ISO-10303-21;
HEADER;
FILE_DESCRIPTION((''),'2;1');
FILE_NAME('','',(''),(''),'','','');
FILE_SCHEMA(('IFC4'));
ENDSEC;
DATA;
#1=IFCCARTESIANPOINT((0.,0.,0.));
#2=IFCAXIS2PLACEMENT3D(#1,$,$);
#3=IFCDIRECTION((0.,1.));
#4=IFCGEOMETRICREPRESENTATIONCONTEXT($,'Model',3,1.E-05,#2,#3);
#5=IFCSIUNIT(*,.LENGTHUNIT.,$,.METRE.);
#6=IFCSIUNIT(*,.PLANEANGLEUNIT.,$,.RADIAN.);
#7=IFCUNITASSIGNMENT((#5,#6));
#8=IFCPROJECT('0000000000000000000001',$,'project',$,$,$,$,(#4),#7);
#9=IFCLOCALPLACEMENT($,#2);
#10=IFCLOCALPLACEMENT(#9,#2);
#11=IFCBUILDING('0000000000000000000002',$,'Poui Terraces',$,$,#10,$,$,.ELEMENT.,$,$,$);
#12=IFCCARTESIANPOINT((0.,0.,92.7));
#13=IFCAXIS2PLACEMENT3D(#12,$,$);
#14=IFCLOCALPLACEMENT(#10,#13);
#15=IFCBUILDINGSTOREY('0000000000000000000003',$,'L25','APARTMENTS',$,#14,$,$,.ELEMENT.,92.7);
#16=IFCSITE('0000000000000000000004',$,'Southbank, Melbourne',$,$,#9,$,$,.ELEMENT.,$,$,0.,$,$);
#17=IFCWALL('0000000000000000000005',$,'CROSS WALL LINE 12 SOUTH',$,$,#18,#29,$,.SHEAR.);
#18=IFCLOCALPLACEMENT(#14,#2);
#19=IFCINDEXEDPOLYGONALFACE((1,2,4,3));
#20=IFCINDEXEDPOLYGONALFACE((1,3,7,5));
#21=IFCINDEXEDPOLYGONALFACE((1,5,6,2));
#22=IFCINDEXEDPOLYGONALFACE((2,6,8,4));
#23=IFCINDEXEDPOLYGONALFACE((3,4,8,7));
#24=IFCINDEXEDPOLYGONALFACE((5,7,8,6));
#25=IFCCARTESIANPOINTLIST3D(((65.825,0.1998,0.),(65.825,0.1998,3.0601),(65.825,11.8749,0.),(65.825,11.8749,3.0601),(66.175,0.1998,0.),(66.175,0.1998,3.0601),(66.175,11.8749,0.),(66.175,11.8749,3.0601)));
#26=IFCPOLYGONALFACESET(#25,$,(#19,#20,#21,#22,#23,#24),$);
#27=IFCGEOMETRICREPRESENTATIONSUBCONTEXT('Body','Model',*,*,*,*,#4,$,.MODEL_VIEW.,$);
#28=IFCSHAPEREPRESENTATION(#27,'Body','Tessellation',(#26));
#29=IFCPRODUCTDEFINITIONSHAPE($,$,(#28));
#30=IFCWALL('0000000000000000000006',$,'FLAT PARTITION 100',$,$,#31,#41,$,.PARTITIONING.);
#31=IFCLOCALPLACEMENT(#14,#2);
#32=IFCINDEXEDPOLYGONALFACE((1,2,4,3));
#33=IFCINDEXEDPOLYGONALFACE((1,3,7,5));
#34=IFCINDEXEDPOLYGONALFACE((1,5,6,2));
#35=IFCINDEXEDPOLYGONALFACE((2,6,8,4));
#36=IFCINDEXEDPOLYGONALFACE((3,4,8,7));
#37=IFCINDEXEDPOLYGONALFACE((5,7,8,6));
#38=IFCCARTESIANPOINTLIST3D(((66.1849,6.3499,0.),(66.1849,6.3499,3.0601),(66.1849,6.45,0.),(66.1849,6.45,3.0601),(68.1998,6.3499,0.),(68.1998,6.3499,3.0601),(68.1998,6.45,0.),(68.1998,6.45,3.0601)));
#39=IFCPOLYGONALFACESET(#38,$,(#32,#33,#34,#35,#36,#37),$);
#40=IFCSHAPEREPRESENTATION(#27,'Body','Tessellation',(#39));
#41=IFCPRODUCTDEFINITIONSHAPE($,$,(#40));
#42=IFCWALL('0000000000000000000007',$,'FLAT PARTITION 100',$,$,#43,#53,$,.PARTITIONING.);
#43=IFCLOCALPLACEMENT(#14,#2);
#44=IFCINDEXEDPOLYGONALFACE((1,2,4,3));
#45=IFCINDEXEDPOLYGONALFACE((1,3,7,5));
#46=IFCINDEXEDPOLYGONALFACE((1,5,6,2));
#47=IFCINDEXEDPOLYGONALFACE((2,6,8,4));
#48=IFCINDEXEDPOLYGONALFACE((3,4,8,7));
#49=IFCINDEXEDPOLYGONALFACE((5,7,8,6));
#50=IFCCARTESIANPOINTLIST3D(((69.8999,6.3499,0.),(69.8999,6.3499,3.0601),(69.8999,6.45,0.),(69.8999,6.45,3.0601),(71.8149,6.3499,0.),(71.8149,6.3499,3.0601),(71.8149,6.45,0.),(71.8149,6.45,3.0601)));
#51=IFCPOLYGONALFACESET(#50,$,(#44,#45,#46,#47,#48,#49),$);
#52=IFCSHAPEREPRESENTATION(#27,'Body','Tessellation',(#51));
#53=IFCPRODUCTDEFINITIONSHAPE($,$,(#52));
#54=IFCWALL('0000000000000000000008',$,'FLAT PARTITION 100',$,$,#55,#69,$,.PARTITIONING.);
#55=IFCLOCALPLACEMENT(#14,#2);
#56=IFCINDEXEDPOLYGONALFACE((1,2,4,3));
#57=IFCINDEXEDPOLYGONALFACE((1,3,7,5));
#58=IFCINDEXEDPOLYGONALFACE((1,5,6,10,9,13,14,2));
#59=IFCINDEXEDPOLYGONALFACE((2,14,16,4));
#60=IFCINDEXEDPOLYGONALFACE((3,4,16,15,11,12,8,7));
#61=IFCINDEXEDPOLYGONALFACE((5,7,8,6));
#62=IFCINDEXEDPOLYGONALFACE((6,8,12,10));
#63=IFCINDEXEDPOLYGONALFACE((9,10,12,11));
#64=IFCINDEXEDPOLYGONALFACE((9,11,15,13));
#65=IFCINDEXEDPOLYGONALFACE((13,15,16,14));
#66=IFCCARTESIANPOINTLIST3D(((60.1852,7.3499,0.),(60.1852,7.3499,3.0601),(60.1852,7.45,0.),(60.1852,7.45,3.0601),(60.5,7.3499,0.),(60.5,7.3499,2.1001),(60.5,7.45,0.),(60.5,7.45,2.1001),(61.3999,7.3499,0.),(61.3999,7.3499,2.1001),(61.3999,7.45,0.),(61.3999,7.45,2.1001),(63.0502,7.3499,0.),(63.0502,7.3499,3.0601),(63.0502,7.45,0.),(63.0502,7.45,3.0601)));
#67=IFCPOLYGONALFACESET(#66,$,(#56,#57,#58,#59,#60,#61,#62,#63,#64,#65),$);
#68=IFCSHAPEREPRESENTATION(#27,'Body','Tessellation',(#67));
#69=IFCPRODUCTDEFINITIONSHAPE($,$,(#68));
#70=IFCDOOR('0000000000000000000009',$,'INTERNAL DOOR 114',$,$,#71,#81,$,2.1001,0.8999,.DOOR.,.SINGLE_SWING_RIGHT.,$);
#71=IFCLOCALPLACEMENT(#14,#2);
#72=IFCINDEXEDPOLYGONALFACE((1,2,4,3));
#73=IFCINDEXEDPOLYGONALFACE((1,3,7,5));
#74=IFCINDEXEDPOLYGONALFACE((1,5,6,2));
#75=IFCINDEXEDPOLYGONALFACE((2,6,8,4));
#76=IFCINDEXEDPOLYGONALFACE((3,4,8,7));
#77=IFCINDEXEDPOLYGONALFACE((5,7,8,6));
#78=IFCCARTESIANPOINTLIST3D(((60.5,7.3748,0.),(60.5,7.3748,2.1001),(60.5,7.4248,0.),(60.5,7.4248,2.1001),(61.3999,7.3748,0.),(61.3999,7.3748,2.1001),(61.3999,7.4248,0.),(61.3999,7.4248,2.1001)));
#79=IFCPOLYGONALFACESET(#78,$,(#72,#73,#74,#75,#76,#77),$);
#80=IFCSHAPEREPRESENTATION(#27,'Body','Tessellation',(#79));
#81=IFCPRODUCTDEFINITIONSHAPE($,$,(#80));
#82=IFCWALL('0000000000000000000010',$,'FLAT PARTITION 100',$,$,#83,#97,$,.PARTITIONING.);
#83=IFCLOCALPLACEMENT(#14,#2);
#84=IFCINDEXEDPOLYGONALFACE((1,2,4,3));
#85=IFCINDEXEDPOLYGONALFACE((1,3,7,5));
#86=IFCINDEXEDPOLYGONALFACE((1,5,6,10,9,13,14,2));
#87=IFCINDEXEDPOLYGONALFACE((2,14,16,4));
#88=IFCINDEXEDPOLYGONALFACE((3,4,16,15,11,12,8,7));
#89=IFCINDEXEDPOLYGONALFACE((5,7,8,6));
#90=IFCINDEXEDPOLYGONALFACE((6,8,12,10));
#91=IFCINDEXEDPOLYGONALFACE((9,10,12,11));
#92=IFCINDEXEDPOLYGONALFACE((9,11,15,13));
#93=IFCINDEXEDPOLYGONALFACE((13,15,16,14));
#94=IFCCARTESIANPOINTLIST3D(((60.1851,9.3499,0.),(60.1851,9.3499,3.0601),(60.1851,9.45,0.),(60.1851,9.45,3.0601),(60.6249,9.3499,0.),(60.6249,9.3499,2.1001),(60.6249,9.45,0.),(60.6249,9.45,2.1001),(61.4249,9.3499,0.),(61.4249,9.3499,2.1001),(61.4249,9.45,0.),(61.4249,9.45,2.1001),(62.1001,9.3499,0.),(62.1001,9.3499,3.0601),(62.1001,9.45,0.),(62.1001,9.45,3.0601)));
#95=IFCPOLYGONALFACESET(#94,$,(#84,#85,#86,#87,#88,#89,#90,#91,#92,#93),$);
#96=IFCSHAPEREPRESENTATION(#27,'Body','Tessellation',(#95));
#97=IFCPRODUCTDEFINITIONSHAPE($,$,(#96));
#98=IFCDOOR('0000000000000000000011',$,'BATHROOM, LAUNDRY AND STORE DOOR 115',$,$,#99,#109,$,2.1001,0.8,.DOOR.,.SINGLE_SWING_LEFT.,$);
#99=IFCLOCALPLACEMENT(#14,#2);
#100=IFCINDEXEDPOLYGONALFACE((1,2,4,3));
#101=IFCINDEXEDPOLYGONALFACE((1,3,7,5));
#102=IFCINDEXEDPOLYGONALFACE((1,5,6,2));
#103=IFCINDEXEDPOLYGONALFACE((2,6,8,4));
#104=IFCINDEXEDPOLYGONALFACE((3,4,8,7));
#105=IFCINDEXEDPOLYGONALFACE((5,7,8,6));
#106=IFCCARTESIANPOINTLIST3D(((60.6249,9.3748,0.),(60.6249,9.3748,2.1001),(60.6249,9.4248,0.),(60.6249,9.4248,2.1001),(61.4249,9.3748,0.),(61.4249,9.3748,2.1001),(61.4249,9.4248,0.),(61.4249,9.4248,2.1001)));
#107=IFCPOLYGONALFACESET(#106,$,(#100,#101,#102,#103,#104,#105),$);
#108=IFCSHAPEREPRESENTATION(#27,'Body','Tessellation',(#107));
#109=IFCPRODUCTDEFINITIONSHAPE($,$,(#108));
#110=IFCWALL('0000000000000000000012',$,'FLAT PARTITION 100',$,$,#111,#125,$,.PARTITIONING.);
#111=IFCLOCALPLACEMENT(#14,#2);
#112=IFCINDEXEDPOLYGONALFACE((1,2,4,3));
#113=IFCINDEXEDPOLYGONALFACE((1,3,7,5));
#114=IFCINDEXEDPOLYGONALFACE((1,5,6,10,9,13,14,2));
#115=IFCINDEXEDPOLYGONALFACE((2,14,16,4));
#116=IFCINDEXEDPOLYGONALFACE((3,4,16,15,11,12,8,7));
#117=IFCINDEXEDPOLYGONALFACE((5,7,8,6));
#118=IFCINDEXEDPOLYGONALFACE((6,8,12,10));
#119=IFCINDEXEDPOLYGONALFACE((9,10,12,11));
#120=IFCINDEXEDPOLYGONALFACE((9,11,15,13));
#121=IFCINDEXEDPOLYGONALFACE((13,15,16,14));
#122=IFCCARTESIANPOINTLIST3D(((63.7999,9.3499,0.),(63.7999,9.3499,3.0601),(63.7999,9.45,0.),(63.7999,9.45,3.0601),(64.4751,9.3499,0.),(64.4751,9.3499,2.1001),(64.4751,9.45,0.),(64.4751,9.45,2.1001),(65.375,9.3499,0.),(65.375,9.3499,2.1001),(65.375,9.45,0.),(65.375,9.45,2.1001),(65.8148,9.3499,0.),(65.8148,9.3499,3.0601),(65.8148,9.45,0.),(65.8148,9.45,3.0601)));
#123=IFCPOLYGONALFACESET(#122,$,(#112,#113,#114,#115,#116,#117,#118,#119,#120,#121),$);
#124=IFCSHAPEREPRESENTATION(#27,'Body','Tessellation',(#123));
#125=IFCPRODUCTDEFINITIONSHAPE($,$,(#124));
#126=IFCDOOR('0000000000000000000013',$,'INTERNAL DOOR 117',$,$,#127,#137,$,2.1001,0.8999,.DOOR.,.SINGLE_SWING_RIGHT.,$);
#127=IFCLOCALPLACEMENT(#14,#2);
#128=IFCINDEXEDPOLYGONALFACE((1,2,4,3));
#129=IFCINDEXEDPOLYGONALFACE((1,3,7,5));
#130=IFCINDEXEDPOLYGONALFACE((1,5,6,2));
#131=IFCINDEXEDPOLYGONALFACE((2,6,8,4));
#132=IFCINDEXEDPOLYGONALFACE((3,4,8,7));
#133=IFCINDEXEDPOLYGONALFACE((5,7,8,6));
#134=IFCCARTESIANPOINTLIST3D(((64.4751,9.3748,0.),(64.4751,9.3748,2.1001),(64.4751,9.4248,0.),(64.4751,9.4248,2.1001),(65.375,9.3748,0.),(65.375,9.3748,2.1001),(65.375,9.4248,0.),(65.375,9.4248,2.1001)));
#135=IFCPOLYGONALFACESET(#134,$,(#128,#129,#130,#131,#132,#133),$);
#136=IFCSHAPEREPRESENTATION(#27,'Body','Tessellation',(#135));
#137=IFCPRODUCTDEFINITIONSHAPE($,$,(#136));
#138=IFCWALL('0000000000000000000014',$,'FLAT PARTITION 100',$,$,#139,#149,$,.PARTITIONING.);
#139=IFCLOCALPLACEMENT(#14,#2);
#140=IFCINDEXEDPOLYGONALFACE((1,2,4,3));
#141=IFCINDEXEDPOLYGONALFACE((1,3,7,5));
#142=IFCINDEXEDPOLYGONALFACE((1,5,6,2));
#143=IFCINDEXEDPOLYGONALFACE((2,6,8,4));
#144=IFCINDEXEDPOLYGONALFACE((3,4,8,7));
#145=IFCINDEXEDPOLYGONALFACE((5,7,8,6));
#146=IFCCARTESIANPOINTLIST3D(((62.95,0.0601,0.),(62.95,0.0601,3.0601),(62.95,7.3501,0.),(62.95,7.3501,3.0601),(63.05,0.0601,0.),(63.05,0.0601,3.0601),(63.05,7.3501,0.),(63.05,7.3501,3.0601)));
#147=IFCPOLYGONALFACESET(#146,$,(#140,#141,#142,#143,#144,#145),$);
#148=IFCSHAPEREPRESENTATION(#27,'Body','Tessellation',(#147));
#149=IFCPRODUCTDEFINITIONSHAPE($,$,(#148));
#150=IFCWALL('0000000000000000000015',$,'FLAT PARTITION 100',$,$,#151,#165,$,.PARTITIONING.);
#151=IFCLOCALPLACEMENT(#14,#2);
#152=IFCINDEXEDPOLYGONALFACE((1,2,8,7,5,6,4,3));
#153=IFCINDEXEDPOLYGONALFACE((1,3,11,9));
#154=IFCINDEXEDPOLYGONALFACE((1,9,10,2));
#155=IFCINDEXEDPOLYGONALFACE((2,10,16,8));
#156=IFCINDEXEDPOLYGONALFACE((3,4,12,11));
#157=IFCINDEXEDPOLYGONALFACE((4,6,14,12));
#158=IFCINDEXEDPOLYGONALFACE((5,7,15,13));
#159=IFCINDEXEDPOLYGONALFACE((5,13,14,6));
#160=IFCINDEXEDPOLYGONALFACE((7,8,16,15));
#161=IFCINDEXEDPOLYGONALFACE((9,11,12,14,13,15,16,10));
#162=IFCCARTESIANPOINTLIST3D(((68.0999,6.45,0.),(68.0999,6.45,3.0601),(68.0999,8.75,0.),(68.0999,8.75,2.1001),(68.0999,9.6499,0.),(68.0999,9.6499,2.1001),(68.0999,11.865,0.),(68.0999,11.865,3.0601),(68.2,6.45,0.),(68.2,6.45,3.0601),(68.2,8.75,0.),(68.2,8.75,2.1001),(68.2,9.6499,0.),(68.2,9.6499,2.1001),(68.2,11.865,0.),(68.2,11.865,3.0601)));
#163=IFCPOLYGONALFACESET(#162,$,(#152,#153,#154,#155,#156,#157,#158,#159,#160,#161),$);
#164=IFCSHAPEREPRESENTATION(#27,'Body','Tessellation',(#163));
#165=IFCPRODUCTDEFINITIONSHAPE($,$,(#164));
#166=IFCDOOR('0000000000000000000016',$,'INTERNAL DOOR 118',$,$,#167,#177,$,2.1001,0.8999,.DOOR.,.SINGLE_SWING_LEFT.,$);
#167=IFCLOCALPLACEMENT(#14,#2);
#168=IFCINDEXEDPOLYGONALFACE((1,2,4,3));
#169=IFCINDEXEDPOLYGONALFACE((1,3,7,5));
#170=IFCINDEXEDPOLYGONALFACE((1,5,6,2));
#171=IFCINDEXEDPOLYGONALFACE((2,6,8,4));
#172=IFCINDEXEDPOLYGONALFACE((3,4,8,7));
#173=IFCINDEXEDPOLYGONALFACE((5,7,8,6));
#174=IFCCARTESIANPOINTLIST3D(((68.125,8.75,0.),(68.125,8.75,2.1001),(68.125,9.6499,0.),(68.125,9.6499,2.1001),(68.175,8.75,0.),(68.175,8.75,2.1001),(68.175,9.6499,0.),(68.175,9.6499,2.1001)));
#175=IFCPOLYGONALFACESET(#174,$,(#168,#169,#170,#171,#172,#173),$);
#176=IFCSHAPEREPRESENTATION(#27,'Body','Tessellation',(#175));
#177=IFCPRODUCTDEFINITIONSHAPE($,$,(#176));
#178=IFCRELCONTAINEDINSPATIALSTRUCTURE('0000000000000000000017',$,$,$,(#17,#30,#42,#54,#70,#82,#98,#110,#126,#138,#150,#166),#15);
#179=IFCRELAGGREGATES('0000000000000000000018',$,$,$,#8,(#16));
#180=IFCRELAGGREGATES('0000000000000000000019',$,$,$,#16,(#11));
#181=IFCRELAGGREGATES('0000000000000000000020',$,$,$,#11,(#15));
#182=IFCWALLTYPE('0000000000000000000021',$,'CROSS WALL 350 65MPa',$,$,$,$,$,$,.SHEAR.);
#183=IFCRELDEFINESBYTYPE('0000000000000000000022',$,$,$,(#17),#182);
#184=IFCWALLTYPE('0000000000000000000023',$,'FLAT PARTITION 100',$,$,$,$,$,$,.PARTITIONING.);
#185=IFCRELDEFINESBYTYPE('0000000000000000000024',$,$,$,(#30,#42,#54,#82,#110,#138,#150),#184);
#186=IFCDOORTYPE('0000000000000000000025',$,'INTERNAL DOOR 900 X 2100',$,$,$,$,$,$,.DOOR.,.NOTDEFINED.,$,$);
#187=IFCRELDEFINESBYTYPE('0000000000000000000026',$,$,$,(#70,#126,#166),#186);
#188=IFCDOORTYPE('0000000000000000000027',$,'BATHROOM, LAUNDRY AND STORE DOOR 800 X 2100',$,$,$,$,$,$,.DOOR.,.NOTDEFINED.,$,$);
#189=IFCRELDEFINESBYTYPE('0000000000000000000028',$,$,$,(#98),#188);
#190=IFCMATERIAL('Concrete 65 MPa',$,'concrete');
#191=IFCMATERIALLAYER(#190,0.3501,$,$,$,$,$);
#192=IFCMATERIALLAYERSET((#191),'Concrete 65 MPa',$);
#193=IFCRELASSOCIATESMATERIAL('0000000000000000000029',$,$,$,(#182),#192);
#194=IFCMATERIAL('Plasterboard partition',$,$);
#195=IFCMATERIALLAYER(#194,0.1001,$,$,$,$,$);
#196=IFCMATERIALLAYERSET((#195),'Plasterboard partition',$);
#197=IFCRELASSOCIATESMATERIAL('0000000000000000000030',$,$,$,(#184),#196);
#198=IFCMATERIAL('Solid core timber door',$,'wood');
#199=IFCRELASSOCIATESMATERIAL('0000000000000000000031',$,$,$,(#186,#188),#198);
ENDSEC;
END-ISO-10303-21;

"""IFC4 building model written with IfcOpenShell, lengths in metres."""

from ifc_helpers import new_model, si_unit, direction, frame, frame_2d, origin, place, context, subcontext, project, spatial, rectangle, extrude, material, layer, layer_set, type_object, element, fill, save


model = new_model("IFC4")

# Units and contexts
model_context = context("Model", 3, precision=1e-05, world=origin(), true_north=direction((0.0, 1.0)))
body_context = subcontext(model_context, "Body", "Model", "MODEL_VIEW")
ifc_project = project(units=[si_unit("LENGTHUNIT", "METRE"), si_unit("PLANEANGLEUNIT", "RADIAN")], contexts=[model_context])

# Site, building, storey
site_placement = place(None, origin())
site = spatial("IfcSite", under=ifc_project, at=site_placement, Name="Southbank, Melbourne", CompositionType="ELEMENT", RefElevation=0.0)
building_placement = place(site_placement, origin())
building = spatial("IfcBuilding", under=site, at=building_placement, Name="Poui Terraces", CompositionType="ELEMENT")
storey_placement = place(building_placement, frame((0.0, 0.0, 92.7)))
storey = spatial("IfcBuildingStorey", under=building, at=storey_placement, Name="L25", Description="APARTMENTS", CompositionType="ELEMENT", Elevation=92.7)

# Walls
ifc_material_1 = material(Name="Concrete 65 MPa", Category="concrete")
ifc_layer_1 = layer(ifc_material_1, 0.3501)
ifc_layer_set_1 = layer_set([ifc_layer_1], Name="Concrete 65 MPa")
wall_type_1 = type_object("IfcWallType", Name="CROSS WALL 350 65MPa", PredefinedType="SHEAR", material=ifc_layer_set_1)
wall_1_placement = place(storey_placement, frame((66.0, 0.2, 0.0), z_axis=(0.0, 0.0, 1.0), x_axis=(0.0, 1.0, 0.0)))
element("IfcWall", 1, at=wall_1_placement, inside=storey, type_object=wall_type_1, Name="CROSS WALL LINE 12 SOUTH", PredefinedType="SHEAR", context=body_context, shape_type="SweptSolid", body=[
    extrude(rectangle(XDim=11.675, YDim=0.3501, at=frame_2d((5.8374, 0.0))), origin(), (0.0, 0.0, 1.0), 3.0601),
])
ifc_material_2 = material(Name="Plasterboard partition")
ifc_layer_2 = layer(ifc_material_2, 0.1001)
ifc_layer_set_2 = layer_set([ifc_layer_2], Name="Plasterboard partition")
wall_type_2 = type_object("IfcWallType", Name="FLAT PARTITION 100", PredefinedType="PARTITIONING", material=ifc_layer_set_2)
wall_2_placement = place(storey_placement, frame((66.1851, 6.3999, 0.0), z_axis=(0.0, 0.0, 1.0), x_axis=(1.0, 0.0, 0.0)))
element("IfcWall", 2, at=wall_2_placement, inside=storey, type_object=wall_type_2, Name="FLAT PARTITION 100", PredefinedType="PARTITIONING", context=body_context, shape_type="SweptSolid", body=[
    extrude(rectangle(XDim=2.0149, YDim=0.1001, at=frame_2d((1.0073, 0.0))), origin(), (0.0, 0.0, 1.0), 3.0601),
])
wall_3_placement = place(storey_placement, frame((69.8999, 6.3999, 0.0), z_axis=(0.0, 0.0, 1.0), x_axis=(1.0, 0.0, 0.0)))
element("IfcWall", 3, at=wall_3_placement, inside=storey, type_object=wall_type_2, Name="FLAT PARTITION 100", PredefinedType="PARTITIONING", context=body_context, shape_type="SweptSolid", body=[
    extrude(rectangle(XDim=1.915, YDim=0.1001, at=frame_2d((0.9575, 0.0))), origin(), (0.0, 0.0, 1.0), 3.0601),
])

# Walls, openings, doors
wall_4_placement = place(storey_placement, frame((60.1851, 7.3999, 0.0), z_axis=(0.0, 0.0, 1.0), x_axis=(1.0, 0.0, 0.0)))
wall_4 = element("IfcWall", 4, at=wall_4_placement, inside=storey, type_object=wall_type_2, Name="FLAT PARTITION 100", PredefinedType="PARTITIONING", context=body_context, shape_type="SweptSolid", body=[
    extrude(rectangle(XDim=2.865, YDim=0.1001, at=frame_2d((1.4326, 0.0))), origin(), (0.0, 0.0, 1.0), 3.0601),
])
opening_1_placement = place(wall_4_placement, frame((0.3149, 0.0, 0.0)))
opening_1 = element("IfcOpeningElement", 5, at=opening_1_placement, cuts=wall_4, PredefinedType="OPENING", context=body_context, shape_type="SweptSolid", body=[
    extrude(rectangle(XDim=0.8999, YDim=2.1001, at=frame_2d((0.45, 1.05))), frame((0.0, 0.0601, 0.0), z_axis=(0.0, -1.0, 0.0), x_axis=(1.0, 0.0, 0.0)), (0.0, 0.0, 1.0), 0.1201),
])
ifc_material_3 = material(Name="Solid core timber door", Category="wood")
door_type_1 = type_object("IfcDoorType", Name="INTERNAL DOOR 900 X 2100", OperationType="NOTDEFINED", PredefinedType="DOOR", material=ifc_material_3)
door_1_placement = place(opening_1_placement, origin())
door_1 = element("IfcDoor", 6, at=door_1_placement, inside=storey, type_object=door_type_1, Name="INTERNAL DOOR 114", OperationType="SINGLE_SWING_RIGHT", OverallHeight=2.1001, OverallWidth=0.8999, PredefinedType="DOOR", context=body_context, shape_type="SweptSolid", body=[
    extrude(rectangle(XDim=0.8999, YDim=2.1001, at=frame_2d((0.45, 1.05))), frame((0.0, 0.0249, 0.0), z_axis=(0.0, -1.0, 0.0), x_axis=(1.0, 0.0, 0.0)), (0.0, 0.0, 1.0), 0.05),
])
fill(opening_1, door_1)
wall_5_placement = place(storey_placement, frame((60.1851, 9.3999, 0.0), z_axis=(0.0, 0.0, 1.0), x_axis=(1.0, 0.0, 0.0)))
wall_5 = element("IfcWall", 7, at=wall_5_placement, inside=storey, type_object=wall_type_2, Name="FLAT PARTITION 100", PredefinedType="PARTITIONING", context=body_context, shape_type="SweptSolid", body=[
    extrude(rectangle(XDim=1.915, YDim=0.1001, at=frame_2d((0.9575, 0.0))), origin(), (0.0, 0.0, 1.0), 3.0601),
])
opening_2_placement = place(wall_5_placement, frame((0.4399, 0.0, 0.0)))
opening_2 = element("IfcOpeningElement", 8, at=opening_2_placement, cuts=wall_5, PredefinedType="OPENING", context=body_context, shape_type="SweptSolid", body=[
    extrude(rectangle(XDim=0.8, YDim=2.1001, at=frame_2d((0.3999, 1.05))), frame((0.0, 0.0601, 0.0), z_axis=(0.0, -1.0, 0.0), x_axis=(1.0, 0.0, 0.0)), (0.0, 0.0, 1.0), 0.1201),
])
door_type_2 = type_object("IfcDoorType", Name="BATHROOM, LAUNDRY AND STORE DOOR 800 X 2100", OperationType="NOTDEFINED", PredefinedType="DOOR", material=ifc_material_3)
door_2_placement = place(opening_2_placement, origin())
door_2 = element("IfcDoor", 9, at=door_2_placement, inside=storey, type_object=door_type_2, Name="BATHROOM, LAUNDRY AND STORE DOOR 115", OperationType="SINGLE_SWING_LEFT", OverallHeight=2.1001, OverallWidth=0.8, PredefinedType="DOOR", context=body_context, shape_type="SweptSolid", body=[
    extrude(rectangle(XDim=0.8, YDim=2.1001, at=frame_2d((0.3999, 1.05))), frame((0.0, 0.0249, 0.0), z_axis=(0.0, -1.0, 0.0), x_axis=(1.0, 0.0, 0.0)), (0.0, 0.0, 1.0), 0.05),
])
fill(opening_2, door_2)
wall_6_placement = place(storey_placement, frame((63.8, 9.3999, 0.0), z_axis=(0.0, 0.0, 1.0), x_axis=(1.0, 0.0, 0.0)))
wall_6 = element("IfcWall", 10, at=wall_6_placement, inside=storey, type_object=wall_type_2, Name="FLAT PARTITION 100", PredefinedType="PARTITIONING", context=body_context, shape_type="SweptSolid", body=[
    extrude(rectangle(XDim=2.0149, YDim=0.1001, at=frame_2d((1.0073, 0.0))), origin(), (0.0, 0.0, 1.0), 3.0601),
])
opening_3_placement = place(wall_6_placement, frame((0.675, 0.0, 0.0)))
opening_3 = element("IfcOpeningElement", 11, at=opening_3_placement, cuts=wall_6, PredefinedType="OPENING", context=body_context, shape_type="SweptSolid", body=[
    extrude(rectangle(XDim=0.8999, YDim=2.1001, at=frame_2d((0.45, 1.05))), frame((0.0, 0.0601, 0.0), z_axis=(0.0, -1.0, 0.0), x_axis=(1.0, 0.0, 0.0)), (0.0, 0.0, 1.0), 0.1201),
])
door_3_placement = place(opening_3_placement, origin())
door_3 = element("IfcDoor", 12, at=door_3_placement, inside=storey, type_object=door_type_1, Name="INTERNAL DOOR 117", OperationType="SINGLE_SWING_RIGHT", OverallHeight=2.1001, OverallWidth=0.8999, PredefinedType="DOOR", context=body_context, shape_type="SweptSolid", body=[
    extrude(rectangle(XDim=0.8999, YDim=2.1001, at=frame_2d((0.45, 1.05))), frame((0.0, 0.0249, 0.0), z_axis=(0.0, -1.0, 0.0), x_axis=(1.0, 0.0, 0.0)), (0.0, 0.0, 1.0), 0.05),
])
fill(opening_3, door_3)

# Wall
wall_7_placement = place(storey_placement, frame((63.0, 0.0601, 0.0), z_axis=(0.0, 0.0, 1.0), x_axis=(0.0, 1.0, 0.0)))
element("IfcWall", 13, at=wall_7_placement, inside=storey, type_object=wall_type_2, Name="FLAT PARTITION 100", PredefinedType="PARTITIONING", context=body_context, shape_type="SweptSolid", body=[
    extrude(rectangle(XDim=7.29, YDim=0.1001, at=frame_2d((3.645, 0.0))), origin(), (0.0, 0.0, 1.0), 3.0601),
])

# Wall, opening, door
wall_8_placement = place(storey_placement, frame((68.1499, 6.45, 0.0), z_axis=(0.0, 0.0, 1.0), x_axis=(0.0, 1.0, 0.0)))
wall_8 = element("IfcWall", 14, at=wall_8_placement, inside=storey, type_object=wall_type_2, Name="FLAT PARTITION 100", PredefinedType="PARTITIONING", context=body_context, shape_type="SweptSolid", body=[
    extrude(rectangle(XDim=5.415, YDim=0.1001, at=frame_2d((2.7075, 0.0))), origin(), (0.0, 0.0, 1.0), 3.0601),
])
opening_4_placement = place(wall_8_placement, frame((2.3, 0.0, 0.0)))
opening_4 = element("IfcOpeningElement", 15, at=opening_4_placement, cuts=wall_8, PredefinedType="OPENING", context=body_context, shape_type="SweptSolid", body=[
    extrude(rectangle(XDim=0.8999, YDim=2.1001, at=frame_2d((0.45, 1.05))), frame((0.0, 0.0601, 0.0), z_axis=(0.0, -1.0, 0.0), x_axis=(1.0, 0.0, 0.0)), (0.0, 0.0, 1.0), 0.1201),
])
door_4_placement = place(opening_4_placement, origin())
door_4 = element("IfcDoor", 16, at=door_4_placement, inside=storey, type_object=door_type_1, Name="INTERNAL DOOR 118", OperationType="SINGLE_SWING_LEFT", OverallHeight=2.1001, OverallWidth=0.8999, PredefinedType="DOOR", context=body_context, shape_type="SweptSolid", body=[
    extrude(rectangle(XDim=0.8999, YDim=2.1001, at=frame_2d((0.45, 1.05))), frame((0.0, 0.0249, 0.0), z_axis=(0.0, -1.0, 0.0), x_axis=(1.0, 0.0, 0.0)), (0.0, 0.0, 1.0), 0.05),
])
fill(opening_4, door_4)

save(model, "model.ifc")
